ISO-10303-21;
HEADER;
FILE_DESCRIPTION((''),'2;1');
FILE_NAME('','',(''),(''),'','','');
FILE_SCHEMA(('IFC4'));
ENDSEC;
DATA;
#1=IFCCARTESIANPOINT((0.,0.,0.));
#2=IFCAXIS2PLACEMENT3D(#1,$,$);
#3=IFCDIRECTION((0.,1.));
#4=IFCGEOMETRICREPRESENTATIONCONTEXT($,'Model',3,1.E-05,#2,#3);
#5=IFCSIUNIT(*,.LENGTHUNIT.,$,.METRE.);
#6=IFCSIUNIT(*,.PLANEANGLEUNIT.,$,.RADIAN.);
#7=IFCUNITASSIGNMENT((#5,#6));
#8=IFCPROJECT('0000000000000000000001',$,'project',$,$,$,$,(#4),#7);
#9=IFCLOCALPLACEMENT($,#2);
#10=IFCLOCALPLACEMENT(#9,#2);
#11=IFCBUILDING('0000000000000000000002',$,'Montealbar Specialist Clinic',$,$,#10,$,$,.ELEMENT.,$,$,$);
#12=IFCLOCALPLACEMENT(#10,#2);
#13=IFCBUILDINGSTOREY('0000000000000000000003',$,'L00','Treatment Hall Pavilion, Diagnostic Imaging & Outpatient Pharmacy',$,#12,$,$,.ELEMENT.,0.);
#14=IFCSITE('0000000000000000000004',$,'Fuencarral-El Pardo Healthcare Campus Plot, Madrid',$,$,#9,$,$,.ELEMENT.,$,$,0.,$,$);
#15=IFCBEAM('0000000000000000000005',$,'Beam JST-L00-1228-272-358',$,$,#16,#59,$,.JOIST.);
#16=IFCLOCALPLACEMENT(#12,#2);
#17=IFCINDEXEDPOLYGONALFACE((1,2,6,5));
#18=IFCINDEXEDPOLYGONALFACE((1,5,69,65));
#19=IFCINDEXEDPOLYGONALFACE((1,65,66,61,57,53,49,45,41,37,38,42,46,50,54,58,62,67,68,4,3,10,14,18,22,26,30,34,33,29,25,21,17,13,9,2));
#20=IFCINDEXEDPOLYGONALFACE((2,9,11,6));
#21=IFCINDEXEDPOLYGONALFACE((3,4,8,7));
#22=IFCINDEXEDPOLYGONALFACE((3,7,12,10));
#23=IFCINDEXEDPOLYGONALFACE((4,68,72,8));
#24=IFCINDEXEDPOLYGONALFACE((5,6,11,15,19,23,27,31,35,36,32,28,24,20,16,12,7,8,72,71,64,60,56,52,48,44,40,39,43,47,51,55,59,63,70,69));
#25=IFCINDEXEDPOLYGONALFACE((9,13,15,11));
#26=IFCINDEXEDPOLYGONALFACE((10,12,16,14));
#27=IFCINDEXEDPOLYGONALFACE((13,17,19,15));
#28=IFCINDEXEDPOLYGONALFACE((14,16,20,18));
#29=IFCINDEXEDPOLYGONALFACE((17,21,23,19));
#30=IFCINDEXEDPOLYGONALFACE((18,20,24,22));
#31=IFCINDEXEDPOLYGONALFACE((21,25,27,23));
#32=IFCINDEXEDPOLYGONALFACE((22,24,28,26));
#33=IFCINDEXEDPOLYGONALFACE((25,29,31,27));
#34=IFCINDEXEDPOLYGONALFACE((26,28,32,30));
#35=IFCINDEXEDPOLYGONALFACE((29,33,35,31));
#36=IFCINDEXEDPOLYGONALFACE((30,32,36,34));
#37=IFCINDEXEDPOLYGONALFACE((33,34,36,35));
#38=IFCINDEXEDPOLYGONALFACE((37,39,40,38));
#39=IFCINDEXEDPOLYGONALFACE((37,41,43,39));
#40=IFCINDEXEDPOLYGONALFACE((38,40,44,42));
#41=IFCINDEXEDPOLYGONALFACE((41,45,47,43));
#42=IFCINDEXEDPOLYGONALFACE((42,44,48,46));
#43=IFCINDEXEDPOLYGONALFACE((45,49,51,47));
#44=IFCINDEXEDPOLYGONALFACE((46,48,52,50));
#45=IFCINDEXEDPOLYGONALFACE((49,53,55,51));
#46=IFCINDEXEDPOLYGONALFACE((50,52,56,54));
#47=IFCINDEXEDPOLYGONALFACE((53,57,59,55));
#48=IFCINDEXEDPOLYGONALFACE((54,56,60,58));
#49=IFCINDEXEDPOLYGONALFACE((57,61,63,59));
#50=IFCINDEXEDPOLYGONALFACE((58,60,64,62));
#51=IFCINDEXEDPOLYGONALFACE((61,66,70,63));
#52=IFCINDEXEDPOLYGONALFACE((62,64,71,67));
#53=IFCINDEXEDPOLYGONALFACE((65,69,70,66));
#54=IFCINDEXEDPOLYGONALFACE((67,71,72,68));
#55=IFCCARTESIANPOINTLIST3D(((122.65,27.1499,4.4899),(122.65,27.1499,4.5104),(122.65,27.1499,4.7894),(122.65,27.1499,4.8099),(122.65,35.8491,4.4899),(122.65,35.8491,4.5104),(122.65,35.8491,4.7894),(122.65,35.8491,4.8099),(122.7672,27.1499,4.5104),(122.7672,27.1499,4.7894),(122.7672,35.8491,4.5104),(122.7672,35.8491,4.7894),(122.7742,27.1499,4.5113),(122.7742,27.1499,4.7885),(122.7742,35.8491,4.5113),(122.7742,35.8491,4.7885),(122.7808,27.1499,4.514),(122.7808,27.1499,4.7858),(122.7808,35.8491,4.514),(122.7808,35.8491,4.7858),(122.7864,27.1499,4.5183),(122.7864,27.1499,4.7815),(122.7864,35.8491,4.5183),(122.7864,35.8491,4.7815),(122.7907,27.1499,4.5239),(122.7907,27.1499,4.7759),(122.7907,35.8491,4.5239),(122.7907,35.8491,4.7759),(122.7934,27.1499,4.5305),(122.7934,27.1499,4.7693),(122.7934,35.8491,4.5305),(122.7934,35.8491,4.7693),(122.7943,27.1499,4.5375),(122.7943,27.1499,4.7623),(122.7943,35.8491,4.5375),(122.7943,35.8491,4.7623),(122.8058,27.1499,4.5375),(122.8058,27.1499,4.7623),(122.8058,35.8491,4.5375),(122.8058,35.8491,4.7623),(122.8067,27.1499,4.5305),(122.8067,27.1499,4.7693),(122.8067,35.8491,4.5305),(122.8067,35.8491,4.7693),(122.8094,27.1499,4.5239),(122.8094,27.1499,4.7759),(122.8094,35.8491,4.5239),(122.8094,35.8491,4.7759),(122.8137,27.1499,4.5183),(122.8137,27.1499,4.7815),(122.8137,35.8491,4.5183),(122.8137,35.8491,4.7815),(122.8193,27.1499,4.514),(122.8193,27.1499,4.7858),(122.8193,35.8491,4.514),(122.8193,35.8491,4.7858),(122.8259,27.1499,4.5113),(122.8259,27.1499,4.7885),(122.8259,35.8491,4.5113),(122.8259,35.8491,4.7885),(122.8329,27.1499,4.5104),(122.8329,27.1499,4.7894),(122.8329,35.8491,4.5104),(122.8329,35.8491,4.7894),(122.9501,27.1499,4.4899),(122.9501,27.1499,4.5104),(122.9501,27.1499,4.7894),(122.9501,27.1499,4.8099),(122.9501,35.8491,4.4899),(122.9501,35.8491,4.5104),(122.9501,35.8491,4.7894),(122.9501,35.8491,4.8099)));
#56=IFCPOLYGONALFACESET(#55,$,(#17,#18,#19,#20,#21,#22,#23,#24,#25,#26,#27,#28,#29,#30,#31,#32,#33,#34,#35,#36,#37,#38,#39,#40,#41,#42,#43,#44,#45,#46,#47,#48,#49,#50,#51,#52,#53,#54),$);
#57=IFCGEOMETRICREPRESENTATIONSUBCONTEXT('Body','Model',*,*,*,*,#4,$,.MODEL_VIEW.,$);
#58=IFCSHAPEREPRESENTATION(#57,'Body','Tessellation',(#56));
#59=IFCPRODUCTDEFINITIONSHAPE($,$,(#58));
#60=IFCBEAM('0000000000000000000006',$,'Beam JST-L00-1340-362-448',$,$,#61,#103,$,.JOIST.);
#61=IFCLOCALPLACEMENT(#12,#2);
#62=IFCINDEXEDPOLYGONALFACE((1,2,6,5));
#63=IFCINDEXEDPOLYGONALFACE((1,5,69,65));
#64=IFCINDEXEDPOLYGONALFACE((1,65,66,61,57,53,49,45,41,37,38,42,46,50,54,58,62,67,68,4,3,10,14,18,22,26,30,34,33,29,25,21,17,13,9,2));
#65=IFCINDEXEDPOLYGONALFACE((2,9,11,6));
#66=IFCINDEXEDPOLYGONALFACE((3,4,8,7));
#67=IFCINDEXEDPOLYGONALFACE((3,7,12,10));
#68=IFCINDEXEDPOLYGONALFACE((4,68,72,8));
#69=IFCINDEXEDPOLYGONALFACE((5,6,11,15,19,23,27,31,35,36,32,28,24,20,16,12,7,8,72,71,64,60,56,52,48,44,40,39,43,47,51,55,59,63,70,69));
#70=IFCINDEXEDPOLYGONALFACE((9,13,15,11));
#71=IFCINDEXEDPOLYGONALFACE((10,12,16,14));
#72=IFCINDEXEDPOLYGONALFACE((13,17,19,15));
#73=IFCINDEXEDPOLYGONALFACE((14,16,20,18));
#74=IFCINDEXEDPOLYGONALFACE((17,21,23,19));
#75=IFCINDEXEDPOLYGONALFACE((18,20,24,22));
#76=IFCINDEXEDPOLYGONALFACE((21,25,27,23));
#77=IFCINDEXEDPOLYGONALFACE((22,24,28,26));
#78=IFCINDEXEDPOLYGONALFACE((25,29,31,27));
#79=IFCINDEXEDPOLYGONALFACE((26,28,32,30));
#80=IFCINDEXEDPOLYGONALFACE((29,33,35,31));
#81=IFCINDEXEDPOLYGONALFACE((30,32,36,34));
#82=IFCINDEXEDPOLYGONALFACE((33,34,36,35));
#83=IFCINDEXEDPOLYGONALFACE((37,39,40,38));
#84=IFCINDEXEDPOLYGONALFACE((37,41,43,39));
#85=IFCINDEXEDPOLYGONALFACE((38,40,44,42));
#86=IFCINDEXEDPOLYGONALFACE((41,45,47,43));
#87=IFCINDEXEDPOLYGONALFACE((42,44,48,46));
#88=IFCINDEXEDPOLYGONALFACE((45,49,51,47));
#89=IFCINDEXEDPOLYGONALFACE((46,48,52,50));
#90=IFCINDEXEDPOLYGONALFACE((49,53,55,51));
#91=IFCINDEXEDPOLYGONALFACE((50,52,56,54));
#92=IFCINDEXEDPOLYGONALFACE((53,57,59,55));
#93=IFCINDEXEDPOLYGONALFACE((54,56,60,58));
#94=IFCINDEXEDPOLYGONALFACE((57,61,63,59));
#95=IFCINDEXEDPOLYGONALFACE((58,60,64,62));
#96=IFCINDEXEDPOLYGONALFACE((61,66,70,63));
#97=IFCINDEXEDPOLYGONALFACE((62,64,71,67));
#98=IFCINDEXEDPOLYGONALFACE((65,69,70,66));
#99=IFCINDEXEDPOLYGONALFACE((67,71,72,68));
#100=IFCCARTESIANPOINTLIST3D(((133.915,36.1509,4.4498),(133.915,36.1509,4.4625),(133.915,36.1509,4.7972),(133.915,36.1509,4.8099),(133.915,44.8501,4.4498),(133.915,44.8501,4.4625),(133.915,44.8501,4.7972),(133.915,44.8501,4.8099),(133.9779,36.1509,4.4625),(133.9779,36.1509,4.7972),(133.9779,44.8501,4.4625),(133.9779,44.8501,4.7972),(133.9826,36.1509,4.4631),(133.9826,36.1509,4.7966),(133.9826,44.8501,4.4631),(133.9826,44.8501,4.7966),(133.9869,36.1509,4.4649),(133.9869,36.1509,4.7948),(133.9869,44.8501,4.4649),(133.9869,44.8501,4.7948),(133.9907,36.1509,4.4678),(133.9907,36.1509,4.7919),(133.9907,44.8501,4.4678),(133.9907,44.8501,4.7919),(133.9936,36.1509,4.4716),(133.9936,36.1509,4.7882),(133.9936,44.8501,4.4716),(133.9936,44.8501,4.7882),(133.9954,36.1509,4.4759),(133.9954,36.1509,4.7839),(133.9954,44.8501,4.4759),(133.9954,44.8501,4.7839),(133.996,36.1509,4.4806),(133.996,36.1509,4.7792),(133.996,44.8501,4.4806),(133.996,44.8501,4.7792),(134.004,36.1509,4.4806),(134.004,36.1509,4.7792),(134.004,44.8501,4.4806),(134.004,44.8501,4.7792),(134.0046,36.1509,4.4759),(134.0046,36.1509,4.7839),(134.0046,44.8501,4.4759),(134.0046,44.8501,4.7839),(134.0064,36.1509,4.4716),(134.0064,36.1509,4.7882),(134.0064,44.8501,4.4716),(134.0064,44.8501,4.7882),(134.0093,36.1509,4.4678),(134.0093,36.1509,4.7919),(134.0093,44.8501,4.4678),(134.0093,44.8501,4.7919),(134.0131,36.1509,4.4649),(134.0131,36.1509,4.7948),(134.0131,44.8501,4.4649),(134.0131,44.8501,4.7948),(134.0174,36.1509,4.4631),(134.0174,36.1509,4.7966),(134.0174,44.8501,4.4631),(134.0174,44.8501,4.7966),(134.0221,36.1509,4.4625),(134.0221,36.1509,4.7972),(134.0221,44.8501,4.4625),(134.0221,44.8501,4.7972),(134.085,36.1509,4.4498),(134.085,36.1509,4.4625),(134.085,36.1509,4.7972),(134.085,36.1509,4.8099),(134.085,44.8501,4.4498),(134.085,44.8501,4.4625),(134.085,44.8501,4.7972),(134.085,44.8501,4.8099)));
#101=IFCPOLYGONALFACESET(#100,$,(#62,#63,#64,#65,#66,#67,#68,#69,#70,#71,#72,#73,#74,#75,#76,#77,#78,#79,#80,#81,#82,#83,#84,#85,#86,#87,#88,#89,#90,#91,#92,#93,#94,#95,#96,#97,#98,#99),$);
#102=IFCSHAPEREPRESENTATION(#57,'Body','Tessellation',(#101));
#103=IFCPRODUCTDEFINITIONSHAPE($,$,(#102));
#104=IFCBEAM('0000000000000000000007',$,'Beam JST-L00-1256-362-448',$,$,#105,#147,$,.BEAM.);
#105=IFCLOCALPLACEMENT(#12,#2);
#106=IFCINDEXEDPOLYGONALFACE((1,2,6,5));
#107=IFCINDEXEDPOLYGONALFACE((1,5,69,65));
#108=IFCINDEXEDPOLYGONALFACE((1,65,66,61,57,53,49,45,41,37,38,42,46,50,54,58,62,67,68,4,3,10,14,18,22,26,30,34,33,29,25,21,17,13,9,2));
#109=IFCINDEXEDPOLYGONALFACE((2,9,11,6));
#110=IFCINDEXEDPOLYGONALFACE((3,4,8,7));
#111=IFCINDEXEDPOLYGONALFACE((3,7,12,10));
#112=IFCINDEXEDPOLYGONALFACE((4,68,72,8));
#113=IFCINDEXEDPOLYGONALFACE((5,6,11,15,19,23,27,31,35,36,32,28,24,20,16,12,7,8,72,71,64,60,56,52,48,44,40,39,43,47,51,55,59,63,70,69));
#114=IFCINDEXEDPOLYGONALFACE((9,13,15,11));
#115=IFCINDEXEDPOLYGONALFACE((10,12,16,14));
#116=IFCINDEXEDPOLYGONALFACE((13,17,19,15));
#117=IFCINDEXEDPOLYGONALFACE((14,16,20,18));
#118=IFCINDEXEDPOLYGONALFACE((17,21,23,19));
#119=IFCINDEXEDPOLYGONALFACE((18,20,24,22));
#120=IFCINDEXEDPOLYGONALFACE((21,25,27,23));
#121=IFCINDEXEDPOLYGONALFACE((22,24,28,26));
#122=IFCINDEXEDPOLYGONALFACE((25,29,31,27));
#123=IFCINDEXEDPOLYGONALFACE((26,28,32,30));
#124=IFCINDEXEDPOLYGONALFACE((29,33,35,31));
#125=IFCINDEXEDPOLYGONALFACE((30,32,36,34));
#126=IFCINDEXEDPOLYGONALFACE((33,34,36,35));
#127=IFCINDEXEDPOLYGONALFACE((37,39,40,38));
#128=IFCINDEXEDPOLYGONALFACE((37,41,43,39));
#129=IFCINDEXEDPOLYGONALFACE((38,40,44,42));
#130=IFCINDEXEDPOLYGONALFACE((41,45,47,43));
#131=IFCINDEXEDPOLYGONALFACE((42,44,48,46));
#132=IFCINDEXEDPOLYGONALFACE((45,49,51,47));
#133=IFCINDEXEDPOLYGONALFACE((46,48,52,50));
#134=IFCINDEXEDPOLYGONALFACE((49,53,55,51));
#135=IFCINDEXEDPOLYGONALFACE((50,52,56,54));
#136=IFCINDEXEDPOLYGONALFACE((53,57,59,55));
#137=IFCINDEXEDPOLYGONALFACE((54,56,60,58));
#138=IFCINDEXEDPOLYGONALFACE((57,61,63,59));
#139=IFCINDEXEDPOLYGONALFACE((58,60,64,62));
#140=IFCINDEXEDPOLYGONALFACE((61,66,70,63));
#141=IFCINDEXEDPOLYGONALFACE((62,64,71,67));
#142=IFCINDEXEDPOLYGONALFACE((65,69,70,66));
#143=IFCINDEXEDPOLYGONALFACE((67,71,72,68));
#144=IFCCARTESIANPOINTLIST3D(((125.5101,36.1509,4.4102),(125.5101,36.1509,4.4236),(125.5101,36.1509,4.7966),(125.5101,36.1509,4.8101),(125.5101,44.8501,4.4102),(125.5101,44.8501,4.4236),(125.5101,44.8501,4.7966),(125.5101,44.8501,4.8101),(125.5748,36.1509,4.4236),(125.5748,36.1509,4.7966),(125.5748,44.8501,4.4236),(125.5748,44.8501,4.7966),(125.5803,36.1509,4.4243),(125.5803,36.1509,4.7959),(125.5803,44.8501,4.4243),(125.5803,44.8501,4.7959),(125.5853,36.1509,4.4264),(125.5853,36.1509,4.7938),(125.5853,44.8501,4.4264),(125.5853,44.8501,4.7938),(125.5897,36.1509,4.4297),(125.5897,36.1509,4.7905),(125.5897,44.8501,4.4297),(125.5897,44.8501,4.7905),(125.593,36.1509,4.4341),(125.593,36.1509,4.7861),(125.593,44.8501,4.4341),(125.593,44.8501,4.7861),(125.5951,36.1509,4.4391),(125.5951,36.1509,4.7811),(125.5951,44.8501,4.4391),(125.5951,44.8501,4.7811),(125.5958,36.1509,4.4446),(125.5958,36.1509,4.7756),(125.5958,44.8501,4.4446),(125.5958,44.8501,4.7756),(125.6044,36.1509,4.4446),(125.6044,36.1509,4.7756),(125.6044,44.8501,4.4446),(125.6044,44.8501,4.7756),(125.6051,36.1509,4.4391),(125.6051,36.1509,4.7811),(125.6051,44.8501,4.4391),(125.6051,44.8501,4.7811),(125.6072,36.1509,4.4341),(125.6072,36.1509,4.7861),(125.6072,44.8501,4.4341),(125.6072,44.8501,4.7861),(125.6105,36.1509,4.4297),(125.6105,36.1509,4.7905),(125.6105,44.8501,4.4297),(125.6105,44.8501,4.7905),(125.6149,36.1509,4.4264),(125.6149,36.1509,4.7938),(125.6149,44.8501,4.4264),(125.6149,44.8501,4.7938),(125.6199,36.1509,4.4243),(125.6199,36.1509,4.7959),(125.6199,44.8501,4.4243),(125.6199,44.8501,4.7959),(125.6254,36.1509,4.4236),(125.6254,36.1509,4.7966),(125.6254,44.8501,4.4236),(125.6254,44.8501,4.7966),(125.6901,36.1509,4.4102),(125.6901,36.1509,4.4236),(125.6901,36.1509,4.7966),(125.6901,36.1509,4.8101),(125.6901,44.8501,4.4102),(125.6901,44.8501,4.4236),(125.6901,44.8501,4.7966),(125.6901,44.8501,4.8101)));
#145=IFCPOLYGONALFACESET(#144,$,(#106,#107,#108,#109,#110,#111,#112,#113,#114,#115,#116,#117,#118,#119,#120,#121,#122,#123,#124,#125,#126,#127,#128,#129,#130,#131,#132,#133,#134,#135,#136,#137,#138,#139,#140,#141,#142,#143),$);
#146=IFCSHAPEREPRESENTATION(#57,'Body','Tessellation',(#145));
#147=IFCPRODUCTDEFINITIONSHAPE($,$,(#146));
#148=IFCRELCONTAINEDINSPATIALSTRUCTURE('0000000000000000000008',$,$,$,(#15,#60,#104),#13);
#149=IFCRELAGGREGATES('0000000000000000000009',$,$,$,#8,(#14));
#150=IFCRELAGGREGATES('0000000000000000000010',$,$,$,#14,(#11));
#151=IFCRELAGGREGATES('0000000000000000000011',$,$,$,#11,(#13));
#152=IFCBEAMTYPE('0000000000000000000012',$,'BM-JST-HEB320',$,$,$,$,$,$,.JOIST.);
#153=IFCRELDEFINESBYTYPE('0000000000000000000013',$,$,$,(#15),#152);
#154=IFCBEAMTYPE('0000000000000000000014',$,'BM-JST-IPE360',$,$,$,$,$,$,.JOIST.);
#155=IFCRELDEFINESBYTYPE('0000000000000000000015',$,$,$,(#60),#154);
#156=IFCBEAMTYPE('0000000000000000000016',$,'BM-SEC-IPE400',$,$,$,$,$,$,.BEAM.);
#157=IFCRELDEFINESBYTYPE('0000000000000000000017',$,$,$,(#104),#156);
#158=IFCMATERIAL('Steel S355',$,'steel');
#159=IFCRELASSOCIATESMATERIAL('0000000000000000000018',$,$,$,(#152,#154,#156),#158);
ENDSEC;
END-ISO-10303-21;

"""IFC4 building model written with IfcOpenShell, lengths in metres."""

from ifc_helpers import new_model, si_unit, direction, frame, origin, origin_2d, place, context, subcontext, project, spatial, i_section, extrude, material, material_profile, profile_set, type_object, element, save


model = new_model("IFC4")

# Units and contexts
model_context = context("Model", 3, precision=1e-05, world=origin(), true_north=direction((0.0, 1.0)))
body_context = subcontext(model_context, "Body", "Model", "MODEL_VIEW")
ifc_project = project(units=[si_unit("LENGTHUNIT", "METRE"), si_unit("PLANEANGLEUNIT", "RADIAN")], contexts=[model_context])

# Site, building, storey
site_placement = place(None, origin())
site = spatial("IfcSite", under=ifc_project, at=site_placement, Name="Fuencarral-El Pardo Healthcare Campus Plot, Madrid", CompositionType="ELEMENT", RefElevation=0.0)
building_placement = place(site_placement, origin())
building = spatial("IfcBuilding", under=site, at=building_placement, Name="Montealbar Specialist Clinic", CompositionType="ELEMENT")
storey_placement = place(building_placement, origin())
storey = spatial("IfcBuildingStorey", under=building, at=storey_placement, Name="L00", Description="Treatment Hall Pavilion, Diagnostic Imaging & Outpatient Pharmacy", CompositionType="ELEMENT", Elevation=0.0)

# Beams
ifc_material_1 = material(Name="Steel S355", Category="steel")
ifc_material_profile_1 = material_profile(ifc_material_1, i_section(OverallWidth=0.3, OverallDepth=0.3201, WebThickness=0.0115, FlangeThickness=0.0205, FilletRadius=0.0271, at=origin_2d()), Name="HEB 320", Category="steel")
ifc_profile_set_1 = profile_set([ifc_material_profile_1], Name="Steel S355")
beam_type_1 = type_object("IfcBeamType", Name="BM-JST-HEB320", PredefinedType="JOIST", material=ifc_profile_set_1)
beam_1_placement = place(storey_placement, frame((122.8, 27.1499, 4.6499), z_axis=(0.0, 1.0, 0.0), x_axis=(-1.0, 0.0, 0.0)))
element("IfcBeam", 1, at=beam_1_placement, inside=storey, type_object=beam_type_1, Name="Beam JST-L00-1228-272-358", PredefinedType="JOIST", context=body_context, shape_type="SweptSolid", body=[
    extrude(i_section(OverallWidth=0.3, OverallDepth=0.3201, WebThickness=0.0115, FlangeThickness=0.0205, FilletRadius=0.0271, at=origin_2d()), origin(), (0.0, 0.0, 1.0), 8.6992),
])
ifc_material_profile_2 = material_profile(ifc_material_1, i_section(OverallWidth=0.1699, OverallDepth=0.3601, WebThickness=0.0081, FlangeThickness=0.0127, FilletRadius=0.0181, at=origin_2d()), Name="IPE 360", Category="steel")
ifc_profile_set_2 = profile_set([ifc_material_profile_2], Name="Steel S355")
beam_type_2 = type_object("IfcBeamType", Name="BM-JST-IPE360", PredefinedType="JOIST", material=ifc_profile_set_2)
beam_2_placement = place(storey_placement, frame((134.0, 36.1509, 4.6299), z_axis=(0.0, 1.0, 0.0), x_axis=(-1.0, 0.0, 0.0)))
element("IfcBeam", 2, at=beam_2_placement, inside=storey, type_object=beam_type_2, Name="Beam JST-L00-1340-362-448", PredefinedType="JOIST", context=body_context, shape_type="SweptSolid", body=[
    extrude(i_section(OverallWidth=0.1699, OverallDepth=0.3601, WebThickness=0.0081, FlangeThickness=0.0127, FilletRadius=0.0181, at=origin_2d()), origin(), (0.0, 0.0, 1.0), 8.6992),
])
ifc_material_profile_3 = material_profile(ifc_material_1, i_section(OverallWidth=0.1799, OverallDepth=0.3999, WebThickness=0.0085, FlangeThickness=0.0134, FilletRadius=0.021, at=origin_2d()), Name="IPE 400", Category="steel")
ifc_profile_set_3 = profile_set([ifc_material_profile_3], Name="Steel S355")
beam_type_3 = type_object("IfcBeamType", Name="BM-SEC-IPE400", PredefinedType="BEAM", material=ifc_profile_set_3)
beam_3_placement = place(storey_placement, frame((125.6001, 36.1509, 4.6101), z_axis=(0.0, 1.0, 0.0), x_axis=(-1.0, 0.0, 0.0)))
element("IfcBeam", 3, at=beam_3_placement, inside=storey, type_object=beam_type_3, Name="Beam JST-L00-1256-362-448", PredefinedType="BEAM", context=body_context, shape_type="SweptSolid", body=[
    extrude(i_section(OverallWidth=0.1799, OverallDepth=0.3999, WebThickness=0.0085, FlangeThickness=0.0134, FilletRadius=0.021, at=origin_2d()), origin(), (0.0, 0.0, 1.0), 8.6992),
])

save(model, "model.ifc")
